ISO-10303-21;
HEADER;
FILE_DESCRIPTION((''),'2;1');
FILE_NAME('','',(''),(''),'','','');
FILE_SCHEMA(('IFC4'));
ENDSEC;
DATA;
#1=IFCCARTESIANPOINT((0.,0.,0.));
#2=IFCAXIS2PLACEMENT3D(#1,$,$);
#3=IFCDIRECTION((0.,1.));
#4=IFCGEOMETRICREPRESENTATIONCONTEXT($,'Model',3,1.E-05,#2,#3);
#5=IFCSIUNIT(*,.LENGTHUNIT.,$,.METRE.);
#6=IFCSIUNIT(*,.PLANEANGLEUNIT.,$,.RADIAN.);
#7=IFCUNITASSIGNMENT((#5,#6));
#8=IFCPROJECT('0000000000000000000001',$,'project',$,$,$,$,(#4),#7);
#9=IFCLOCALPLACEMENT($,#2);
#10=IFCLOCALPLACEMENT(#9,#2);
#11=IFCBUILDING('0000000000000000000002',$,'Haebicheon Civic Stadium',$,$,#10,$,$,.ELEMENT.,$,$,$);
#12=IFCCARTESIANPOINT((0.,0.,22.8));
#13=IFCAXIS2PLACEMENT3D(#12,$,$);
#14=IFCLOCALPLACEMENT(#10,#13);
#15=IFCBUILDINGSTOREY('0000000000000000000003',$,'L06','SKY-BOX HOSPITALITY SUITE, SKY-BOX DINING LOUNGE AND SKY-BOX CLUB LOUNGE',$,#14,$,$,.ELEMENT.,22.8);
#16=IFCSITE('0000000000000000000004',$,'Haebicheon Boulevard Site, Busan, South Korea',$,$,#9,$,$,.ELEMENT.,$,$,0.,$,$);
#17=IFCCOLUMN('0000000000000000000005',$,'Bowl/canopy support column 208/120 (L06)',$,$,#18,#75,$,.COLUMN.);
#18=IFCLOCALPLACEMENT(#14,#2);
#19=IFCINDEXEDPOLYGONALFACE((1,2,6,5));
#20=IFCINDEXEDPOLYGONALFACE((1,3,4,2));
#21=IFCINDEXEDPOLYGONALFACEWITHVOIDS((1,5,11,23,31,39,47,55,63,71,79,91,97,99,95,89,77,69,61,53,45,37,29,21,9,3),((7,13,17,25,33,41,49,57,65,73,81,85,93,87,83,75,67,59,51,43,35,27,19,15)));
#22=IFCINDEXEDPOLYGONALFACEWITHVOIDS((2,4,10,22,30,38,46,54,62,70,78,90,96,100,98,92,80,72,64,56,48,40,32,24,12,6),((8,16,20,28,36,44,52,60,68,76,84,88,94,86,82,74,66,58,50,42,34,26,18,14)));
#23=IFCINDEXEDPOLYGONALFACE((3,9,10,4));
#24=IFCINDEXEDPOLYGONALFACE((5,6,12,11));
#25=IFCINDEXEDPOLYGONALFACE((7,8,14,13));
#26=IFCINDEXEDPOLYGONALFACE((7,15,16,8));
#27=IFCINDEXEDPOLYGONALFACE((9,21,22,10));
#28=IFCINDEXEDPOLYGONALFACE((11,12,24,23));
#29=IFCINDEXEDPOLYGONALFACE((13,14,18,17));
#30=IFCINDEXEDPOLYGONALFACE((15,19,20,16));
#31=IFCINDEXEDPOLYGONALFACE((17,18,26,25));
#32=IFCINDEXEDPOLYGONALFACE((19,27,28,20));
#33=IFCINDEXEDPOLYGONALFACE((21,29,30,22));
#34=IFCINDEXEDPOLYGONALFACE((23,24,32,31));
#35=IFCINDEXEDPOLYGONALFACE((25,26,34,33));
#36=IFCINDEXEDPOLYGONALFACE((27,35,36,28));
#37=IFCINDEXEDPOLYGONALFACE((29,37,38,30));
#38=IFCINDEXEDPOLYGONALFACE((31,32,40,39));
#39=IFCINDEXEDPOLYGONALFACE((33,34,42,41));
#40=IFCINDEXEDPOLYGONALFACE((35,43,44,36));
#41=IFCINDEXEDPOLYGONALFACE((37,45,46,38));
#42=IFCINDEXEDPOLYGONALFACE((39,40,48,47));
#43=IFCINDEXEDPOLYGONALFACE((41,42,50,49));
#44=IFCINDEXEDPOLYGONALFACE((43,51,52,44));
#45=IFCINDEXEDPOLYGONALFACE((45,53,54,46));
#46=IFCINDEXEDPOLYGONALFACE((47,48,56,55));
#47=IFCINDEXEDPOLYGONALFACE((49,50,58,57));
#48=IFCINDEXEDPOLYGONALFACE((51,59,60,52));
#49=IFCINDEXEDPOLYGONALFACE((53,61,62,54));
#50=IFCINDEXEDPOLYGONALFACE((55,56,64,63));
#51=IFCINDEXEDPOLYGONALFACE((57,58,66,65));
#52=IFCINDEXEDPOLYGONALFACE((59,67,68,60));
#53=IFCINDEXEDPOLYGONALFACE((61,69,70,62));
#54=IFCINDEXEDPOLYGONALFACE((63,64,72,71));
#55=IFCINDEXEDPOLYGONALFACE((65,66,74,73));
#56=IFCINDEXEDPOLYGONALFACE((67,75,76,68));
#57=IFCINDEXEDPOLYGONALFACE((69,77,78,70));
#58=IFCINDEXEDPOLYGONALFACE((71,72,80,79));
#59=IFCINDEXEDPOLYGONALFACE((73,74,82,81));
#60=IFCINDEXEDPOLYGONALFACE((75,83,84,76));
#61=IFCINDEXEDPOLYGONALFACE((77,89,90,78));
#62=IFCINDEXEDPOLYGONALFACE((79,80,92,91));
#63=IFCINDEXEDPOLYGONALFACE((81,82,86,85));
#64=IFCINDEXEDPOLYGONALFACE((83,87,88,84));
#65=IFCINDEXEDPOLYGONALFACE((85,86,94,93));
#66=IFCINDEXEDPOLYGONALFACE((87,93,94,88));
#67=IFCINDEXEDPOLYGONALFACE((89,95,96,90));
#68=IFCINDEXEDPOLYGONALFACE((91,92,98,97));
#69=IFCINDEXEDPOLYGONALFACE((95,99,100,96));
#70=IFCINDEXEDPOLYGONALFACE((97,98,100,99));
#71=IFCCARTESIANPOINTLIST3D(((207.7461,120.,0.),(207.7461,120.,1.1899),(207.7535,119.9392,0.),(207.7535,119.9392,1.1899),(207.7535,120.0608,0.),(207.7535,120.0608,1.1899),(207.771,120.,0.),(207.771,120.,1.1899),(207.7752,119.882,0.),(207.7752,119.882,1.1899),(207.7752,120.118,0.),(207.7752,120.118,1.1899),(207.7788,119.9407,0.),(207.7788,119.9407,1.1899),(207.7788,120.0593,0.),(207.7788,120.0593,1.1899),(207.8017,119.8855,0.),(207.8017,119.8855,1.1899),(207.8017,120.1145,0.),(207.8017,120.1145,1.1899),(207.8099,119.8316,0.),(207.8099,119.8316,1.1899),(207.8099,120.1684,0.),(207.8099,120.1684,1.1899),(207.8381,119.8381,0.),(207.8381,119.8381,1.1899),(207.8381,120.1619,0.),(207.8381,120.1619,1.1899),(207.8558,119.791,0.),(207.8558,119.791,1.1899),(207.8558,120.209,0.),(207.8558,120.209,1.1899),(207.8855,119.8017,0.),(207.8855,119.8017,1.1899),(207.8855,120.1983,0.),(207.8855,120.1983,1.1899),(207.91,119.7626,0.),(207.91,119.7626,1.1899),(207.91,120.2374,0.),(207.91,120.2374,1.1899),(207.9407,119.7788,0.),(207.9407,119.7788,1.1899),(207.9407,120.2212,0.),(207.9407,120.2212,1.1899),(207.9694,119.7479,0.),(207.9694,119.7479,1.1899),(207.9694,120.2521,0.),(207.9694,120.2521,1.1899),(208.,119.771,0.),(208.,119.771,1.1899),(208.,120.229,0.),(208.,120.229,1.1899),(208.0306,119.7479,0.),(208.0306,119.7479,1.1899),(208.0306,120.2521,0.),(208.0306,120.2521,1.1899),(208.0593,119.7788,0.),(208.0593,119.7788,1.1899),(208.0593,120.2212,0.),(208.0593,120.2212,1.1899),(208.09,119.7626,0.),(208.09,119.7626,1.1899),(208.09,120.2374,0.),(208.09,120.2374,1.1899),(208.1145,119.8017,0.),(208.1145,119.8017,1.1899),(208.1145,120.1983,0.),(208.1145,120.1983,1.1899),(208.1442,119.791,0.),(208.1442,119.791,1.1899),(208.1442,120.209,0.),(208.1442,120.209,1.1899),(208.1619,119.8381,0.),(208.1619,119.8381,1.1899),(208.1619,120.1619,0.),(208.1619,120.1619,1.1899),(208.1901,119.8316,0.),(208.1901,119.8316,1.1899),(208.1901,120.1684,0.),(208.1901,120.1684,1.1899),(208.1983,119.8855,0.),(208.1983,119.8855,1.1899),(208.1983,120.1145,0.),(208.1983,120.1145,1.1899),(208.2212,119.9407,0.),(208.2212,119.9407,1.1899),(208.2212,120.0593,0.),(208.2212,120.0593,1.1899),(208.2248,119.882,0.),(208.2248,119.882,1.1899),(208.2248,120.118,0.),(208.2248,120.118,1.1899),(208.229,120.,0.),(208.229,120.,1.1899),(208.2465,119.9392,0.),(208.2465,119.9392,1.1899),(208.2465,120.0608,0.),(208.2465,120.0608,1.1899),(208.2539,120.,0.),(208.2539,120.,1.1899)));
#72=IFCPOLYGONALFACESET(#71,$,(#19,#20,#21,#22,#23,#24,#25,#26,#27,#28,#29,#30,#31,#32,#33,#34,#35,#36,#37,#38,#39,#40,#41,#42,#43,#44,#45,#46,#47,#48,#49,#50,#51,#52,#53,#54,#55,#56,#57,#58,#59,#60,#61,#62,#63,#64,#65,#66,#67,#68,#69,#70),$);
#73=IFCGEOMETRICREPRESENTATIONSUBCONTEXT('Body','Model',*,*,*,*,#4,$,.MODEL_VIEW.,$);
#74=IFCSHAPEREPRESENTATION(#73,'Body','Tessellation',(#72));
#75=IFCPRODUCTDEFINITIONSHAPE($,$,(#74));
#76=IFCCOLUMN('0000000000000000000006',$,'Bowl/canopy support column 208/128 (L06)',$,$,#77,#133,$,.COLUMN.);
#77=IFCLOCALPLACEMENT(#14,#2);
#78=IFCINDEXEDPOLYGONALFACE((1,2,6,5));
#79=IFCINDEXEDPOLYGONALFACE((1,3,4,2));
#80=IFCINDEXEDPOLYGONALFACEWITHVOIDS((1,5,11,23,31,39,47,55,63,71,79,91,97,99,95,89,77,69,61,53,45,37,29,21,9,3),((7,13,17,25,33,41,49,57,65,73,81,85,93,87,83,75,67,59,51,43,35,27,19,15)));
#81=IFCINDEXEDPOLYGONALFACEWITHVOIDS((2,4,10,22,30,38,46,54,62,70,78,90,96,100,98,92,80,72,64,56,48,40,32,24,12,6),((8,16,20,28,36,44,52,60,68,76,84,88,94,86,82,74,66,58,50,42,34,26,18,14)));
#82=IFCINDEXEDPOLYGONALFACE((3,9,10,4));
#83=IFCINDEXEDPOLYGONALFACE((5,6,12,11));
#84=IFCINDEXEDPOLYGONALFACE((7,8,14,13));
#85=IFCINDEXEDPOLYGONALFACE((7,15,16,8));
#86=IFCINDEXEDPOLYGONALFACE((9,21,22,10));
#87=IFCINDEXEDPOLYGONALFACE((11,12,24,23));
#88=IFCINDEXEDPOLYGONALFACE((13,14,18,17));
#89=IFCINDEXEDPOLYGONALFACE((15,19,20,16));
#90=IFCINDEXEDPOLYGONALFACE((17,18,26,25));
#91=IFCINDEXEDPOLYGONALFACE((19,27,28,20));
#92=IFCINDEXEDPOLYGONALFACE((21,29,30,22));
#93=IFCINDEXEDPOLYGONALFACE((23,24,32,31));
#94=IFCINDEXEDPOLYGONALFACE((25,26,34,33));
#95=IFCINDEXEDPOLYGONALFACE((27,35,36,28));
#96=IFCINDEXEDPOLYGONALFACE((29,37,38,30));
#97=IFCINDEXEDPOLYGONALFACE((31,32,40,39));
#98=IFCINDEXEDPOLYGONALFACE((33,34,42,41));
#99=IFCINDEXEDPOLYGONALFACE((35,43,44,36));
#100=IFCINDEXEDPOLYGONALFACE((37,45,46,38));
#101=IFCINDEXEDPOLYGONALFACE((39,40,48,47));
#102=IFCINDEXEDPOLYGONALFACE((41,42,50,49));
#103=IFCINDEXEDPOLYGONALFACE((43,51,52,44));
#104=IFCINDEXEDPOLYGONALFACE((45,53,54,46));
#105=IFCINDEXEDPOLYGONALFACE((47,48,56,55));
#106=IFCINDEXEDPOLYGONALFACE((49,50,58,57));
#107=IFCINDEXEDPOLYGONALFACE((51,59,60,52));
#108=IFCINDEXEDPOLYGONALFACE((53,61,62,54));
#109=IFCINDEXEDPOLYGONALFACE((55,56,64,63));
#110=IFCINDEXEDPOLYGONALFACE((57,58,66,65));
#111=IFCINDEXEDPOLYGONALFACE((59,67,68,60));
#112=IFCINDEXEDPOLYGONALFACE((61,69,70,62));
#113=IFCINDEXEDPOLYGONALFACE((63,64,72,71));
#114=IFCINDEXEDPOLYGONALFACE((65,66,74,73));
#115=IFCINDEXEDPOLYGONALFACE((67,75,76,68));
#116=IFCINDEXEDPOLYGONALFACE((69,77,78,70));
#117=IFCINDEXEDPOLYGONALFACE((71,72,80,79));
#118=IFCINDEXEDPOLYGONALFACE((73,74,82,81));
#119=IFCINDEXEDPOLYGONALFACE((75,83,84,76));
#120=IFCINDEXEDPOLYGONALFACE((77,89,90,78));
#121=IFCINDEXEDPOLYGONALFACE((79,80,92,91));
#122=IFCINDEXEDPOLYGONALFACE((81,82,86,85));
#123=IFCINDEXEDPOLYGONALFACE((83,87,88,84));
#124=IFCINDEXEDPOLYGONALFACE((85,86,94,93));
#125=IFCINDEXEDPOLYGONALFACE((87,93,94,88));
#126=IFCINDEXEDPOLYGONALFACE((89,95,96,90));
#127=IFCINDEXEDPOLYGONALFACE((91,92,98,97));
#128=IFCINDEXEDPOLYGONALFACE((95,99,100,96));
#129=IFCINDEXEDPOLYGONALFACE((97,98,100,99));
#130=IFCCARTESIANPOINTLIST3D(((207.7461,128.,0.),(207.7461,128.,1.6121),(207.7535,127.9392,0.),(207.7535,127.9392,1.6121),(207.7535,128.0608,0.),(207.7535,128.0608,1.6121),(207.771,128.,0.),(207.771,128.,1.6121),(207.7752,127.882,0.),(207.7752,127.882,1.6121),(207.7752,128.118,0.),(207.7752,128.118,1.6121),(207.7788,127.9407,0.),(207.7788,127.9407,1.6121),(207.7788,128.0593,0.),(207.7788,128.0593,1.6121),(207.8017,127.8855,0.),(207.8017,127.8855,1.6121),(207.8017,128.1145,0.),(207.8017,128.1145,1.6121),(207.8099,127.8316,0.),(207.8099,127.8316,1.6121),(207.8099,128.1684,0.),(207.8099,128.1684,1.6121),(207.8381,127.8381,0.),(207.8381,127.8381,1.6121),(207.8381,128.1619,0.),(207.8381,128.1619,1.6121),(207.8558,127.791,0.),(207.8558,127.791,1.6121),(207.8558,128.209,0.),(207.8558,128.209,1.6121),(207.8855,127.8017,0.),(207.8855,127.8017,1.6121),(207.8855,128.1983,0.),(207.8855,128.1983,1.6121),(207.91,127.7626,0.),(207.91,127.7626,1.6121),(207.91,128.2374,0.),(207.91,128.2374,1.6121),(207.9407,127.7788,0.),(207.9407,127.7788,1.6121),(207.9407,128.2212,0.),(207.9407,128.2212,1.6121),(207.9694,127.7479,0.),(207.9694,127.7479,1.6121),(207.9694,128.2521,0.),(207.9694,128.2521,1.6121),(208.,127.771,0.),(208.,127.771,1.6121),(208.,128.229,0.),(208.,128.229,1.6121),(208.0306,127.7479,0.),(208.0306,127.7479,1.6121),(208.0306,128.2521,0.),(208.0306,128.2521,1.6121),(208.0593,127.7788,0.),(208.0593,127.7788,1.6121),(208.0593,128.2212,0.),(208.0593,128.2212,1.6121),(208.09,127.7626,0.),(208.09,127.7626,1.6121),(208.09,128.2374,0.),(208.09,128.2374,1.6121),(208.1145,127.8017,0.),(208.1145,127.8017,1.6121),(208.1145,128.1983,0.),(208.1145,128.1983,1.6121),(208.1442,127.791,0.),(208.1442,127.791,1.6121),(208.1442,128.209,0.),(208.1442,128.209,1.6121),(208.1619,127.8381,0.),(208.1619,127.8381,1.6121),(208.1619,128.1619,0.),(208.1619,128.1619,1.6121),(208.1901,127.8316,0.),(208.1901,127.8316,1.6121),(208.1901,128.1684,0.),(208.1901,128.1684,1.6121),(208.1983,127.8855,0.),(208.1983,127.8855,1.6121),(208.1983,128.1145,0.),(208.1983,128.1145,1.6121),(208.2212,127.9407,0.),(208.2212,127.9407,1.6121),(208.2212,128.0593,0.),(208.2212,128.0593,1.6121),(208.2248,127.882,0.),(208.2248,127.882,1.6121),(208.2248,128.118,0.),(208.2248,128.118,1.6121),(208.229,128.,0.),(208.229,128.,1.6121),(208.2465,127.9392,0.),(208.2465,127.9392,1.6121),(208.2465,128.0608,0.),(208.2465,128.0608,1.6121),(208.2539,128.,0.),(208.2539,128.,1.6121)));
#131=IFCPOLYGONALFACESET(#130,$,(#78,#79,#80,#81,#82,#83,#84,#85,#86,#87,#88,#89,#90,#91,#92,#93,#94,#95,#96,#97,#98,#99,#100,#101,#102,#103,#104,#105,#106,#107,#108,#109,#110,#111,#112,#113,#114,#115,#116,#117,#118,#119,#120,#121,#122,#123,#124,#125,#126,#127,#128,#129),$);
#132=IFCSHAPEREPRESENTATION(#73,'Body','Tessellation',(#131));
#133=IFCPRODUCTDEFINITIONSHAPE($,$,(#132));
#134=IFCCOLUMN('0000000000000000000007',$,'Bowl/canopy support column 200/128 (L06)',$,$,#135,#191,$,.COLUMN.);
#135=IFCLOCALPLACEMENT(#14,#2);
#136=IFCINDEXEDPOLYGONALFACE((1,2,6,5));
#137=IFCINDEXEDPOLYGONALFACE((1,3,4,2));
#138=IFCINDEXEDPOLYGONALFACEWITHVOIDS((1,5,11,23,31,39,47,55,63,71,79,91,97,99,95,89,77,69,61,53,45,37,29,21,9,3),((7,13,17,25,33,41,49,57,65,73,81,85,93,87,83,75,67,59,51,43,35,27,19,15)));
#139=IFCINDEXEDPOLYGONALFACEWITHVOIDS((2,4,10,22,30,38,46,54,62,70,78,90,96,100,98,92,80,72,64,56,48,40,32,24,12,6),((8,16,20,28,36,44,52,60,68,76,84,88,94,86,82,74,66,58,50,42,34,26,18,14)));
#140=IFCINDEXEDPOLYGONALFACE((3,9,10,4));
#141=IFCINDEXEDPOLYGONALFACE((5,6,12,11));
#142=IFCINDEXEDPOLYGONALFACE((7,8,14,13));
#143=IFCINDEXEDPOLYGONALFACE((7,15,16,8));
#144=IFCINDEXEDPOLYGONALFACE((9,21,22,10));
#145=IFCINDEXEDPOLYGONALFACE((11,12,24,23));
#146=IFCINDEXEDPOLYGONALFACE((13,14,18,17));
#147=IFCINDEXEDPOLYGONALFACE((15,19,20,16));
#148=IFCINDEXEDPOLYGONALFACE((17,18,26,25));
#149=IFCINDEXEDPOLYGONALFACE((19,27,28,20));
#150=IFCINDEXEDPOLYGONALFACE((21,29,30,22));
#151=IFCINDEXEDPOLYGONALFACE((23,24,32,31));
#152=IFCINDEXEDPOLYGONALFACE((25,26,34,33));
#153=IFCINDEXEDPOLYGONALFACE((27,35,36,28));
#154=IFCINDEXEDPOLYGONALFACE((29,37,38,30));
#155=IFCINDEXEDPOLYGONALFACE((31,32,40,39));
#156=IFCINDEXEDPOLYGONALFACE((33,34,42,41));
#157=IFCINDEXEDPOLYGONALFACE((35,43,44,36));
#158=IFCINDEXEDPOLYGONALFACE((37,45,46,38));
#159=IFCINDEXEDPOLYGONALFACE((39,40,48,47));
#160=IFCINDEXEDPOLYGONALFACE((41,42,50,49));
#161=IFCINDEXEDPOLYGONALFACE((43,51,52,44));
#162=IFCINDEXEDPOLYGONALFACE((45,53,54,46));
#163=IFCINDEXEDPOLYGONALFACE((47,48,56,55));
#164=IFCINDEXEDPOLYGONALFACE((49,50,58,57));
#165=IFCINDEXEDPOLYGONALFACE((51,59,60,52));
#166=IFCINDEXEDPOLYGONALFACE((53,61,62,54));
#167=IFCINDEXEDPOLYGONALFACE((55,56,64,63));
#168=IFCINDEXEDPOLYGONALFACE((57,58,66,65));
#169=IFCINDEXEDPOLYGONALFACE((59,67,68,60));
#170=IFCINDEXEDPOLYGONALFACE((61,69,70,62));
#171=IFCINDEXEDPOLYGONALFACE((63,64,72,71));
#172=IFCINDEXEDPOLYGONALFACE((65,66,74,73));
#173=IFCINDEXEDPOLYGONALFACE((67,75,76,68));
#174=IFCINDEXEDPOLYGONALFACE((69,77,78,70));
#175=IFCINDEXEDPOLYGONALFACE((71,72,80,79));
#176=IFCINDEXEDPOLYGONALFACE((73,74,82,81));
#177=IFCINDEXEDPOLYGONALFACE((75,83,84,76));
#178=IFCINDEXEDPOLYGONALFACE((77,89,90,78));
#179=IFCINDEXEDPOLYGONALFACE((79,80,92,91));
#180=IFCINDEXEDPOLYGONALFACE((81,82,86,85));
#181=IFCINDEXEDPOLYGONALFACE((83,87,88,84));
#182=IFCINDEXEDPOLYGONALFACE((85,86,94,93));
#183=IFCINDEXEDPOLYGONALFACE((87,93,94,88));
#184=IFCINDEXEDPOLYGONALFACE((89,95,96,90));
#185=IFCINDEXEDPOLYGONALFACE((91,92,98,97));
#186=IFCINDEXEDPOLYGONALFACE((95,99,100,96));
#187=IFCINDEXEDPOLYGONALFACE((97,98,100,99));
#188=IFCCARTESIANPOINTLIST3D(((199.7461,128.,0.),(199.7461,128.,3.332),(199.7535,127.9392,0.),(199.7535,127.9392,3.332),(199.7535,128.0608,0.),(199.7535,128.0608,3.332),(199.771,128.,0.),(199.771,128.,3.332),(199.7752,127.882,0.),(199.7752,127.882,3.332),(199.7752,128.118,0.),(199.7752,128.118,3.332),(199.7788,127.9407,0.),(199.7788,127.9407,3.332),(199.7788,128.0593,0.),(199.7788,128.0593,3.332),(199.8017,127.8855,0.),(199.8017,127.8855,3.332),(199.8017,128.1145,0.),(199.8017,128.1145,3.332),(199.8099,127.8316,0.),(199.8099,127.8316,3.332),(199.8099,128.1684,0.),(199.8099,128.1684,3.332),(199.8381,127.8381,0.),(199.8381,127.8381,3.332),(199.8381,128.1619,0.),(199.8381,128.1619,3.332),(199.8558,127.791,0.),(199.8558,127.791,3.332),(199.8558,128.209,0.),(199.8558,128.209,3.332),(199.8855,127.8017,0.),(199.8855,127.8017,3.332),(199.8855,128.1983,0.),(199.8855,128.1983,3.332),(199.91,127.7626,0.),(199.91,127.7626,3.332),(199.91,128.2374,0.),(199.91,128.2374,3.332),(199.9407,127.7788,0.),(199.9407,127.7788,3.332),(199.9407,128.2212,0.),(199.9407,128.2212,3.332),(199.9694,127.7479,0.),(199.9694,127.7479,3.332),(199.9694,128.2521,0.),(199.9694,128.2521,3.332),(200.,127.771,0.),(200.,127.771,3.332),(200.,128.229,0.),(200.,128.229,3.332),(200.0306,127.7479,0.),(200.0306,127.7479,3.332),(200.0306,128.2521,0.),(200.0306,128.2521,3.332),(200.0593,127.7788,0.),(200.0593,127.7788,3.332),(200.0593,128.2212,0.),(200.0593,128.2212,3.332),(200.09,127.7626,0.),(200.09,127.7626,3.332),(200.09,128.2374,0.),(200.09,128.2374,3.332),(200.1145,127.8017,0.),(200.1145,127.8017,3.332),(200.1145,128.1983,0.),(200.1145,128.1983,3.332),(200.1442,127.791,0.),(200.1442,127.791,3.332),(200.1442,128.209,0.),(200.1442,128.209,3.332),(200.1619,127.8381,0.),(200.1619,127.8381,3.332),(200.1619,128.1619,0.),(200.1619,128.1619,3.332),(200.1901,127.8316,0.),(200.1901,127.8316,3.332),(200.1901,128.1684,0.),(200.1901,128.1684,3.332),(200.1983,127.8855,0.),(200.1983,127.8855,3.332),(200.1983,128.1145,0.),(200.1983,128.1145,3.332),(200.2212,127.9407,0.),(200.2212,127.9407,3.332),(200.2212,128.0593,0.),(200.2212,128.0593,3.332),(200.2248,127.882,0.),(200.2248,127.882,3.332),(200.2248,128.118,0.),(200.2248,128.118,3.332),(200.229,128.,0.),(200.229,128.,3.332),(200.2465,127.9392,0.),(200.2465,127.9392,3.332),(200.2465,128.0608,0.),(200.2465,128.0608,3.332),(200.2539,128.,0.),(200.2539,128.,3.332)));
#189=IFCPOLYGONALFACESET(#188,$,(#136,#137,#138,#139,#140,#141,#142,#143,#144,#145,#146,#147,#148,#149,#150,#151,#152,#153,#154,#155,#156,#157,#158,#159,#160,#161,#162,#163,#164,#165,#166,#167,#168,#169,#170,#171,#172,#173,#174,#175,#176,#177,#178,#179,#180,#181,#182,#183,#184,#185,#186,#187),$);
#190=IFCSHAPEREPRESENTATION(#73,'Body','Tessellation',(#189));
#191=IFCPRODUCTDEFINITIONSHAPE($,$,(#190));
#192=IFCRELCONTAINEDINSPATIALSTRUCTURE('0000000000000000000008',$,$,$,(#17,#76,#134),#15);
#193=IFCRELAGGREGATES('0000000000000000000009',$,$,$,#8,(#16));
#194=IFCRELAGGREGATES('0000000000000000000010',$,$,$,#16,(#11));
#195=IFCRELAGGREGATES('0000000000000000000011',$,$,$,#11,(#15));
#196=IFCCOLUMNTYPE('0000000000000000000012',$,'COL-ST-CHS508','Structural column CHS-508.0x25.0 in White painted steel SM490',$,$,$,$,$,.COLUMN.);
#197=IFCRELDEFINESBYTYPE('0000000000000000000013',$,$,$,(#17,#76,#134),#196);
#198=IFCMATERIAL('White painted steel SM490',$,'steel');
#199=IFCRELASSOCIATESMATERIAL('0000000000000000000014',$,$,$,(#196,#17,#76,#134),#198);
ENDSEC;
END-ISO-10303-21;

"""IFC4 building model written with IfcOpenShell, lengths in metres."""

from ifc_helpers import new_model, si_unit, direction, frame, origin, origin_2d, place, context, subcontext, project, spatial, hollow_circle, extrude, material, material_profile, profile_set, type_object, element, save


model = new_model("IFC4")

# Units and contexts
model_context = context("Model", 3, precision=1e-05, world=origin(), true_north=direction((0.0, 1.0)))
body_context = subcontext(model_context, "Body", "Model", "MODEL_VIEW")
ifc_project = project(units=[si_unit("LENGTHUNIT", "METRE"), si_unit("PLANEANGLEUNIT", "RADIAN")], contexts=[model_context])

# Site, building, storey
site_placement = place(None, origin())
site = spatial("IfcSite", under=ifc_project, at=site_placement, Name="Haebicheon Boulevard Site, Busan, South Korea", CompositionType="ELEMENT", RefElevation=0.0)
building_placement = place(site_placement, origin())
building = spatial("IfcBuilding", under=site, at=building_placement, Name="Haebicheon Civic Stadium", CompositionType="ELEMENT")
storey_placement = place(building_placement, frame((0.0, 0.0, 22.8)))
storey = spatial("IfcBuildingStorey", under=building, at=storey_placement, Name="L06", Description="SKY-BOX HOSPITALITY SUITE, SKY-BOX DINING LOUNGE AND SKY-BOX CLUB LOUNGE", CompositionType="ELEMENT", Elevation=22.8)

# Columns
ifc_material_1 = material(Name="White painted steel SM490", Category="steel")
ifc_material_profile_1 = material_profile(ifc_material_1, hollow_circle(Radius=0.2539, WallThickness=0.0249, at=origin_2d()), Name="CHS-508.0x25.0")
ifc_profile_set_1 = profile_set([ifc_material_profile_1], Name="White painted steel SM490")
column_type = type_object("IfcColumnType", Name="COL-ST-CHS508", Description="Structural column CHS-508.0x25.0 in White painted steel SM490", PredefinedType="COLUMN", material=ifc_profile_set_1)
column_1_placement = place(storey_placement, frame((208.0, 120.0, 0.0), z_axis=(0.0, 0.0, 1.0), x_axis=(1.0, 0.0, 0.0)))
element("IfcColumn", 1, at=column_1_placement, inside=storey, type_object=column_type, material=ifc_profile_set_1, Name="Bowl/canopy support column 208/120 (L06)", PredefinedType="COLUMN", context=body_context, shape_type="SweptSolid", body=[
    extrude(hollow_circle(Radius=0.2539, WallThickness=0.0249, at=origin_2d()), origin(), (0.0, 0.0, 1.0), 1.1899),
])
column_2_placement = place(storey_placement, frame((208.0, 128.0, 0.0), z_axis=(0.0, 0.0, 1.0), x_axis=(1.0, 0.0, 0.0)))
element("IfcColumn", 2, at=column_2_placement, inside=storey, type_object=column_type, material=ifc_profile_set_1, Name="Bowl/canopy support column 208/128 (L06)", PredefinedType="COLUMN", context=body_context, shape_type="SweptSolid", body=[
    extrude(hollow_circle(Radius=0.2539, WallThickness=0.0249, at=origin_2d()), origin(), (0.0, 0.0, 1.0), 1.6121),
])
column_3_placement = place(storey_placement, frame((200.0, 128.0, 0.0), z_axis=(0.0, 0.0, 1.0), x_axis=(1.0, 0.0, 0.0)))
element("IfcColumn", 3, at=column_3_placement, inside=storey, type_object=column_type, material=ifc_profile_set_1, Name="Bowl/canopy support column 200/128 (L06)", PredefinedType="COLUMN", context=body_context, shape_type="SweptSolid", body=[
    extrude(hollow_circle(Radius=0.2539, WallThickness=0.0249, at=origin_2d()), origin(), (0.0, 0.0, 1.0), 3.332),
])

save(model, "model.ifc")
